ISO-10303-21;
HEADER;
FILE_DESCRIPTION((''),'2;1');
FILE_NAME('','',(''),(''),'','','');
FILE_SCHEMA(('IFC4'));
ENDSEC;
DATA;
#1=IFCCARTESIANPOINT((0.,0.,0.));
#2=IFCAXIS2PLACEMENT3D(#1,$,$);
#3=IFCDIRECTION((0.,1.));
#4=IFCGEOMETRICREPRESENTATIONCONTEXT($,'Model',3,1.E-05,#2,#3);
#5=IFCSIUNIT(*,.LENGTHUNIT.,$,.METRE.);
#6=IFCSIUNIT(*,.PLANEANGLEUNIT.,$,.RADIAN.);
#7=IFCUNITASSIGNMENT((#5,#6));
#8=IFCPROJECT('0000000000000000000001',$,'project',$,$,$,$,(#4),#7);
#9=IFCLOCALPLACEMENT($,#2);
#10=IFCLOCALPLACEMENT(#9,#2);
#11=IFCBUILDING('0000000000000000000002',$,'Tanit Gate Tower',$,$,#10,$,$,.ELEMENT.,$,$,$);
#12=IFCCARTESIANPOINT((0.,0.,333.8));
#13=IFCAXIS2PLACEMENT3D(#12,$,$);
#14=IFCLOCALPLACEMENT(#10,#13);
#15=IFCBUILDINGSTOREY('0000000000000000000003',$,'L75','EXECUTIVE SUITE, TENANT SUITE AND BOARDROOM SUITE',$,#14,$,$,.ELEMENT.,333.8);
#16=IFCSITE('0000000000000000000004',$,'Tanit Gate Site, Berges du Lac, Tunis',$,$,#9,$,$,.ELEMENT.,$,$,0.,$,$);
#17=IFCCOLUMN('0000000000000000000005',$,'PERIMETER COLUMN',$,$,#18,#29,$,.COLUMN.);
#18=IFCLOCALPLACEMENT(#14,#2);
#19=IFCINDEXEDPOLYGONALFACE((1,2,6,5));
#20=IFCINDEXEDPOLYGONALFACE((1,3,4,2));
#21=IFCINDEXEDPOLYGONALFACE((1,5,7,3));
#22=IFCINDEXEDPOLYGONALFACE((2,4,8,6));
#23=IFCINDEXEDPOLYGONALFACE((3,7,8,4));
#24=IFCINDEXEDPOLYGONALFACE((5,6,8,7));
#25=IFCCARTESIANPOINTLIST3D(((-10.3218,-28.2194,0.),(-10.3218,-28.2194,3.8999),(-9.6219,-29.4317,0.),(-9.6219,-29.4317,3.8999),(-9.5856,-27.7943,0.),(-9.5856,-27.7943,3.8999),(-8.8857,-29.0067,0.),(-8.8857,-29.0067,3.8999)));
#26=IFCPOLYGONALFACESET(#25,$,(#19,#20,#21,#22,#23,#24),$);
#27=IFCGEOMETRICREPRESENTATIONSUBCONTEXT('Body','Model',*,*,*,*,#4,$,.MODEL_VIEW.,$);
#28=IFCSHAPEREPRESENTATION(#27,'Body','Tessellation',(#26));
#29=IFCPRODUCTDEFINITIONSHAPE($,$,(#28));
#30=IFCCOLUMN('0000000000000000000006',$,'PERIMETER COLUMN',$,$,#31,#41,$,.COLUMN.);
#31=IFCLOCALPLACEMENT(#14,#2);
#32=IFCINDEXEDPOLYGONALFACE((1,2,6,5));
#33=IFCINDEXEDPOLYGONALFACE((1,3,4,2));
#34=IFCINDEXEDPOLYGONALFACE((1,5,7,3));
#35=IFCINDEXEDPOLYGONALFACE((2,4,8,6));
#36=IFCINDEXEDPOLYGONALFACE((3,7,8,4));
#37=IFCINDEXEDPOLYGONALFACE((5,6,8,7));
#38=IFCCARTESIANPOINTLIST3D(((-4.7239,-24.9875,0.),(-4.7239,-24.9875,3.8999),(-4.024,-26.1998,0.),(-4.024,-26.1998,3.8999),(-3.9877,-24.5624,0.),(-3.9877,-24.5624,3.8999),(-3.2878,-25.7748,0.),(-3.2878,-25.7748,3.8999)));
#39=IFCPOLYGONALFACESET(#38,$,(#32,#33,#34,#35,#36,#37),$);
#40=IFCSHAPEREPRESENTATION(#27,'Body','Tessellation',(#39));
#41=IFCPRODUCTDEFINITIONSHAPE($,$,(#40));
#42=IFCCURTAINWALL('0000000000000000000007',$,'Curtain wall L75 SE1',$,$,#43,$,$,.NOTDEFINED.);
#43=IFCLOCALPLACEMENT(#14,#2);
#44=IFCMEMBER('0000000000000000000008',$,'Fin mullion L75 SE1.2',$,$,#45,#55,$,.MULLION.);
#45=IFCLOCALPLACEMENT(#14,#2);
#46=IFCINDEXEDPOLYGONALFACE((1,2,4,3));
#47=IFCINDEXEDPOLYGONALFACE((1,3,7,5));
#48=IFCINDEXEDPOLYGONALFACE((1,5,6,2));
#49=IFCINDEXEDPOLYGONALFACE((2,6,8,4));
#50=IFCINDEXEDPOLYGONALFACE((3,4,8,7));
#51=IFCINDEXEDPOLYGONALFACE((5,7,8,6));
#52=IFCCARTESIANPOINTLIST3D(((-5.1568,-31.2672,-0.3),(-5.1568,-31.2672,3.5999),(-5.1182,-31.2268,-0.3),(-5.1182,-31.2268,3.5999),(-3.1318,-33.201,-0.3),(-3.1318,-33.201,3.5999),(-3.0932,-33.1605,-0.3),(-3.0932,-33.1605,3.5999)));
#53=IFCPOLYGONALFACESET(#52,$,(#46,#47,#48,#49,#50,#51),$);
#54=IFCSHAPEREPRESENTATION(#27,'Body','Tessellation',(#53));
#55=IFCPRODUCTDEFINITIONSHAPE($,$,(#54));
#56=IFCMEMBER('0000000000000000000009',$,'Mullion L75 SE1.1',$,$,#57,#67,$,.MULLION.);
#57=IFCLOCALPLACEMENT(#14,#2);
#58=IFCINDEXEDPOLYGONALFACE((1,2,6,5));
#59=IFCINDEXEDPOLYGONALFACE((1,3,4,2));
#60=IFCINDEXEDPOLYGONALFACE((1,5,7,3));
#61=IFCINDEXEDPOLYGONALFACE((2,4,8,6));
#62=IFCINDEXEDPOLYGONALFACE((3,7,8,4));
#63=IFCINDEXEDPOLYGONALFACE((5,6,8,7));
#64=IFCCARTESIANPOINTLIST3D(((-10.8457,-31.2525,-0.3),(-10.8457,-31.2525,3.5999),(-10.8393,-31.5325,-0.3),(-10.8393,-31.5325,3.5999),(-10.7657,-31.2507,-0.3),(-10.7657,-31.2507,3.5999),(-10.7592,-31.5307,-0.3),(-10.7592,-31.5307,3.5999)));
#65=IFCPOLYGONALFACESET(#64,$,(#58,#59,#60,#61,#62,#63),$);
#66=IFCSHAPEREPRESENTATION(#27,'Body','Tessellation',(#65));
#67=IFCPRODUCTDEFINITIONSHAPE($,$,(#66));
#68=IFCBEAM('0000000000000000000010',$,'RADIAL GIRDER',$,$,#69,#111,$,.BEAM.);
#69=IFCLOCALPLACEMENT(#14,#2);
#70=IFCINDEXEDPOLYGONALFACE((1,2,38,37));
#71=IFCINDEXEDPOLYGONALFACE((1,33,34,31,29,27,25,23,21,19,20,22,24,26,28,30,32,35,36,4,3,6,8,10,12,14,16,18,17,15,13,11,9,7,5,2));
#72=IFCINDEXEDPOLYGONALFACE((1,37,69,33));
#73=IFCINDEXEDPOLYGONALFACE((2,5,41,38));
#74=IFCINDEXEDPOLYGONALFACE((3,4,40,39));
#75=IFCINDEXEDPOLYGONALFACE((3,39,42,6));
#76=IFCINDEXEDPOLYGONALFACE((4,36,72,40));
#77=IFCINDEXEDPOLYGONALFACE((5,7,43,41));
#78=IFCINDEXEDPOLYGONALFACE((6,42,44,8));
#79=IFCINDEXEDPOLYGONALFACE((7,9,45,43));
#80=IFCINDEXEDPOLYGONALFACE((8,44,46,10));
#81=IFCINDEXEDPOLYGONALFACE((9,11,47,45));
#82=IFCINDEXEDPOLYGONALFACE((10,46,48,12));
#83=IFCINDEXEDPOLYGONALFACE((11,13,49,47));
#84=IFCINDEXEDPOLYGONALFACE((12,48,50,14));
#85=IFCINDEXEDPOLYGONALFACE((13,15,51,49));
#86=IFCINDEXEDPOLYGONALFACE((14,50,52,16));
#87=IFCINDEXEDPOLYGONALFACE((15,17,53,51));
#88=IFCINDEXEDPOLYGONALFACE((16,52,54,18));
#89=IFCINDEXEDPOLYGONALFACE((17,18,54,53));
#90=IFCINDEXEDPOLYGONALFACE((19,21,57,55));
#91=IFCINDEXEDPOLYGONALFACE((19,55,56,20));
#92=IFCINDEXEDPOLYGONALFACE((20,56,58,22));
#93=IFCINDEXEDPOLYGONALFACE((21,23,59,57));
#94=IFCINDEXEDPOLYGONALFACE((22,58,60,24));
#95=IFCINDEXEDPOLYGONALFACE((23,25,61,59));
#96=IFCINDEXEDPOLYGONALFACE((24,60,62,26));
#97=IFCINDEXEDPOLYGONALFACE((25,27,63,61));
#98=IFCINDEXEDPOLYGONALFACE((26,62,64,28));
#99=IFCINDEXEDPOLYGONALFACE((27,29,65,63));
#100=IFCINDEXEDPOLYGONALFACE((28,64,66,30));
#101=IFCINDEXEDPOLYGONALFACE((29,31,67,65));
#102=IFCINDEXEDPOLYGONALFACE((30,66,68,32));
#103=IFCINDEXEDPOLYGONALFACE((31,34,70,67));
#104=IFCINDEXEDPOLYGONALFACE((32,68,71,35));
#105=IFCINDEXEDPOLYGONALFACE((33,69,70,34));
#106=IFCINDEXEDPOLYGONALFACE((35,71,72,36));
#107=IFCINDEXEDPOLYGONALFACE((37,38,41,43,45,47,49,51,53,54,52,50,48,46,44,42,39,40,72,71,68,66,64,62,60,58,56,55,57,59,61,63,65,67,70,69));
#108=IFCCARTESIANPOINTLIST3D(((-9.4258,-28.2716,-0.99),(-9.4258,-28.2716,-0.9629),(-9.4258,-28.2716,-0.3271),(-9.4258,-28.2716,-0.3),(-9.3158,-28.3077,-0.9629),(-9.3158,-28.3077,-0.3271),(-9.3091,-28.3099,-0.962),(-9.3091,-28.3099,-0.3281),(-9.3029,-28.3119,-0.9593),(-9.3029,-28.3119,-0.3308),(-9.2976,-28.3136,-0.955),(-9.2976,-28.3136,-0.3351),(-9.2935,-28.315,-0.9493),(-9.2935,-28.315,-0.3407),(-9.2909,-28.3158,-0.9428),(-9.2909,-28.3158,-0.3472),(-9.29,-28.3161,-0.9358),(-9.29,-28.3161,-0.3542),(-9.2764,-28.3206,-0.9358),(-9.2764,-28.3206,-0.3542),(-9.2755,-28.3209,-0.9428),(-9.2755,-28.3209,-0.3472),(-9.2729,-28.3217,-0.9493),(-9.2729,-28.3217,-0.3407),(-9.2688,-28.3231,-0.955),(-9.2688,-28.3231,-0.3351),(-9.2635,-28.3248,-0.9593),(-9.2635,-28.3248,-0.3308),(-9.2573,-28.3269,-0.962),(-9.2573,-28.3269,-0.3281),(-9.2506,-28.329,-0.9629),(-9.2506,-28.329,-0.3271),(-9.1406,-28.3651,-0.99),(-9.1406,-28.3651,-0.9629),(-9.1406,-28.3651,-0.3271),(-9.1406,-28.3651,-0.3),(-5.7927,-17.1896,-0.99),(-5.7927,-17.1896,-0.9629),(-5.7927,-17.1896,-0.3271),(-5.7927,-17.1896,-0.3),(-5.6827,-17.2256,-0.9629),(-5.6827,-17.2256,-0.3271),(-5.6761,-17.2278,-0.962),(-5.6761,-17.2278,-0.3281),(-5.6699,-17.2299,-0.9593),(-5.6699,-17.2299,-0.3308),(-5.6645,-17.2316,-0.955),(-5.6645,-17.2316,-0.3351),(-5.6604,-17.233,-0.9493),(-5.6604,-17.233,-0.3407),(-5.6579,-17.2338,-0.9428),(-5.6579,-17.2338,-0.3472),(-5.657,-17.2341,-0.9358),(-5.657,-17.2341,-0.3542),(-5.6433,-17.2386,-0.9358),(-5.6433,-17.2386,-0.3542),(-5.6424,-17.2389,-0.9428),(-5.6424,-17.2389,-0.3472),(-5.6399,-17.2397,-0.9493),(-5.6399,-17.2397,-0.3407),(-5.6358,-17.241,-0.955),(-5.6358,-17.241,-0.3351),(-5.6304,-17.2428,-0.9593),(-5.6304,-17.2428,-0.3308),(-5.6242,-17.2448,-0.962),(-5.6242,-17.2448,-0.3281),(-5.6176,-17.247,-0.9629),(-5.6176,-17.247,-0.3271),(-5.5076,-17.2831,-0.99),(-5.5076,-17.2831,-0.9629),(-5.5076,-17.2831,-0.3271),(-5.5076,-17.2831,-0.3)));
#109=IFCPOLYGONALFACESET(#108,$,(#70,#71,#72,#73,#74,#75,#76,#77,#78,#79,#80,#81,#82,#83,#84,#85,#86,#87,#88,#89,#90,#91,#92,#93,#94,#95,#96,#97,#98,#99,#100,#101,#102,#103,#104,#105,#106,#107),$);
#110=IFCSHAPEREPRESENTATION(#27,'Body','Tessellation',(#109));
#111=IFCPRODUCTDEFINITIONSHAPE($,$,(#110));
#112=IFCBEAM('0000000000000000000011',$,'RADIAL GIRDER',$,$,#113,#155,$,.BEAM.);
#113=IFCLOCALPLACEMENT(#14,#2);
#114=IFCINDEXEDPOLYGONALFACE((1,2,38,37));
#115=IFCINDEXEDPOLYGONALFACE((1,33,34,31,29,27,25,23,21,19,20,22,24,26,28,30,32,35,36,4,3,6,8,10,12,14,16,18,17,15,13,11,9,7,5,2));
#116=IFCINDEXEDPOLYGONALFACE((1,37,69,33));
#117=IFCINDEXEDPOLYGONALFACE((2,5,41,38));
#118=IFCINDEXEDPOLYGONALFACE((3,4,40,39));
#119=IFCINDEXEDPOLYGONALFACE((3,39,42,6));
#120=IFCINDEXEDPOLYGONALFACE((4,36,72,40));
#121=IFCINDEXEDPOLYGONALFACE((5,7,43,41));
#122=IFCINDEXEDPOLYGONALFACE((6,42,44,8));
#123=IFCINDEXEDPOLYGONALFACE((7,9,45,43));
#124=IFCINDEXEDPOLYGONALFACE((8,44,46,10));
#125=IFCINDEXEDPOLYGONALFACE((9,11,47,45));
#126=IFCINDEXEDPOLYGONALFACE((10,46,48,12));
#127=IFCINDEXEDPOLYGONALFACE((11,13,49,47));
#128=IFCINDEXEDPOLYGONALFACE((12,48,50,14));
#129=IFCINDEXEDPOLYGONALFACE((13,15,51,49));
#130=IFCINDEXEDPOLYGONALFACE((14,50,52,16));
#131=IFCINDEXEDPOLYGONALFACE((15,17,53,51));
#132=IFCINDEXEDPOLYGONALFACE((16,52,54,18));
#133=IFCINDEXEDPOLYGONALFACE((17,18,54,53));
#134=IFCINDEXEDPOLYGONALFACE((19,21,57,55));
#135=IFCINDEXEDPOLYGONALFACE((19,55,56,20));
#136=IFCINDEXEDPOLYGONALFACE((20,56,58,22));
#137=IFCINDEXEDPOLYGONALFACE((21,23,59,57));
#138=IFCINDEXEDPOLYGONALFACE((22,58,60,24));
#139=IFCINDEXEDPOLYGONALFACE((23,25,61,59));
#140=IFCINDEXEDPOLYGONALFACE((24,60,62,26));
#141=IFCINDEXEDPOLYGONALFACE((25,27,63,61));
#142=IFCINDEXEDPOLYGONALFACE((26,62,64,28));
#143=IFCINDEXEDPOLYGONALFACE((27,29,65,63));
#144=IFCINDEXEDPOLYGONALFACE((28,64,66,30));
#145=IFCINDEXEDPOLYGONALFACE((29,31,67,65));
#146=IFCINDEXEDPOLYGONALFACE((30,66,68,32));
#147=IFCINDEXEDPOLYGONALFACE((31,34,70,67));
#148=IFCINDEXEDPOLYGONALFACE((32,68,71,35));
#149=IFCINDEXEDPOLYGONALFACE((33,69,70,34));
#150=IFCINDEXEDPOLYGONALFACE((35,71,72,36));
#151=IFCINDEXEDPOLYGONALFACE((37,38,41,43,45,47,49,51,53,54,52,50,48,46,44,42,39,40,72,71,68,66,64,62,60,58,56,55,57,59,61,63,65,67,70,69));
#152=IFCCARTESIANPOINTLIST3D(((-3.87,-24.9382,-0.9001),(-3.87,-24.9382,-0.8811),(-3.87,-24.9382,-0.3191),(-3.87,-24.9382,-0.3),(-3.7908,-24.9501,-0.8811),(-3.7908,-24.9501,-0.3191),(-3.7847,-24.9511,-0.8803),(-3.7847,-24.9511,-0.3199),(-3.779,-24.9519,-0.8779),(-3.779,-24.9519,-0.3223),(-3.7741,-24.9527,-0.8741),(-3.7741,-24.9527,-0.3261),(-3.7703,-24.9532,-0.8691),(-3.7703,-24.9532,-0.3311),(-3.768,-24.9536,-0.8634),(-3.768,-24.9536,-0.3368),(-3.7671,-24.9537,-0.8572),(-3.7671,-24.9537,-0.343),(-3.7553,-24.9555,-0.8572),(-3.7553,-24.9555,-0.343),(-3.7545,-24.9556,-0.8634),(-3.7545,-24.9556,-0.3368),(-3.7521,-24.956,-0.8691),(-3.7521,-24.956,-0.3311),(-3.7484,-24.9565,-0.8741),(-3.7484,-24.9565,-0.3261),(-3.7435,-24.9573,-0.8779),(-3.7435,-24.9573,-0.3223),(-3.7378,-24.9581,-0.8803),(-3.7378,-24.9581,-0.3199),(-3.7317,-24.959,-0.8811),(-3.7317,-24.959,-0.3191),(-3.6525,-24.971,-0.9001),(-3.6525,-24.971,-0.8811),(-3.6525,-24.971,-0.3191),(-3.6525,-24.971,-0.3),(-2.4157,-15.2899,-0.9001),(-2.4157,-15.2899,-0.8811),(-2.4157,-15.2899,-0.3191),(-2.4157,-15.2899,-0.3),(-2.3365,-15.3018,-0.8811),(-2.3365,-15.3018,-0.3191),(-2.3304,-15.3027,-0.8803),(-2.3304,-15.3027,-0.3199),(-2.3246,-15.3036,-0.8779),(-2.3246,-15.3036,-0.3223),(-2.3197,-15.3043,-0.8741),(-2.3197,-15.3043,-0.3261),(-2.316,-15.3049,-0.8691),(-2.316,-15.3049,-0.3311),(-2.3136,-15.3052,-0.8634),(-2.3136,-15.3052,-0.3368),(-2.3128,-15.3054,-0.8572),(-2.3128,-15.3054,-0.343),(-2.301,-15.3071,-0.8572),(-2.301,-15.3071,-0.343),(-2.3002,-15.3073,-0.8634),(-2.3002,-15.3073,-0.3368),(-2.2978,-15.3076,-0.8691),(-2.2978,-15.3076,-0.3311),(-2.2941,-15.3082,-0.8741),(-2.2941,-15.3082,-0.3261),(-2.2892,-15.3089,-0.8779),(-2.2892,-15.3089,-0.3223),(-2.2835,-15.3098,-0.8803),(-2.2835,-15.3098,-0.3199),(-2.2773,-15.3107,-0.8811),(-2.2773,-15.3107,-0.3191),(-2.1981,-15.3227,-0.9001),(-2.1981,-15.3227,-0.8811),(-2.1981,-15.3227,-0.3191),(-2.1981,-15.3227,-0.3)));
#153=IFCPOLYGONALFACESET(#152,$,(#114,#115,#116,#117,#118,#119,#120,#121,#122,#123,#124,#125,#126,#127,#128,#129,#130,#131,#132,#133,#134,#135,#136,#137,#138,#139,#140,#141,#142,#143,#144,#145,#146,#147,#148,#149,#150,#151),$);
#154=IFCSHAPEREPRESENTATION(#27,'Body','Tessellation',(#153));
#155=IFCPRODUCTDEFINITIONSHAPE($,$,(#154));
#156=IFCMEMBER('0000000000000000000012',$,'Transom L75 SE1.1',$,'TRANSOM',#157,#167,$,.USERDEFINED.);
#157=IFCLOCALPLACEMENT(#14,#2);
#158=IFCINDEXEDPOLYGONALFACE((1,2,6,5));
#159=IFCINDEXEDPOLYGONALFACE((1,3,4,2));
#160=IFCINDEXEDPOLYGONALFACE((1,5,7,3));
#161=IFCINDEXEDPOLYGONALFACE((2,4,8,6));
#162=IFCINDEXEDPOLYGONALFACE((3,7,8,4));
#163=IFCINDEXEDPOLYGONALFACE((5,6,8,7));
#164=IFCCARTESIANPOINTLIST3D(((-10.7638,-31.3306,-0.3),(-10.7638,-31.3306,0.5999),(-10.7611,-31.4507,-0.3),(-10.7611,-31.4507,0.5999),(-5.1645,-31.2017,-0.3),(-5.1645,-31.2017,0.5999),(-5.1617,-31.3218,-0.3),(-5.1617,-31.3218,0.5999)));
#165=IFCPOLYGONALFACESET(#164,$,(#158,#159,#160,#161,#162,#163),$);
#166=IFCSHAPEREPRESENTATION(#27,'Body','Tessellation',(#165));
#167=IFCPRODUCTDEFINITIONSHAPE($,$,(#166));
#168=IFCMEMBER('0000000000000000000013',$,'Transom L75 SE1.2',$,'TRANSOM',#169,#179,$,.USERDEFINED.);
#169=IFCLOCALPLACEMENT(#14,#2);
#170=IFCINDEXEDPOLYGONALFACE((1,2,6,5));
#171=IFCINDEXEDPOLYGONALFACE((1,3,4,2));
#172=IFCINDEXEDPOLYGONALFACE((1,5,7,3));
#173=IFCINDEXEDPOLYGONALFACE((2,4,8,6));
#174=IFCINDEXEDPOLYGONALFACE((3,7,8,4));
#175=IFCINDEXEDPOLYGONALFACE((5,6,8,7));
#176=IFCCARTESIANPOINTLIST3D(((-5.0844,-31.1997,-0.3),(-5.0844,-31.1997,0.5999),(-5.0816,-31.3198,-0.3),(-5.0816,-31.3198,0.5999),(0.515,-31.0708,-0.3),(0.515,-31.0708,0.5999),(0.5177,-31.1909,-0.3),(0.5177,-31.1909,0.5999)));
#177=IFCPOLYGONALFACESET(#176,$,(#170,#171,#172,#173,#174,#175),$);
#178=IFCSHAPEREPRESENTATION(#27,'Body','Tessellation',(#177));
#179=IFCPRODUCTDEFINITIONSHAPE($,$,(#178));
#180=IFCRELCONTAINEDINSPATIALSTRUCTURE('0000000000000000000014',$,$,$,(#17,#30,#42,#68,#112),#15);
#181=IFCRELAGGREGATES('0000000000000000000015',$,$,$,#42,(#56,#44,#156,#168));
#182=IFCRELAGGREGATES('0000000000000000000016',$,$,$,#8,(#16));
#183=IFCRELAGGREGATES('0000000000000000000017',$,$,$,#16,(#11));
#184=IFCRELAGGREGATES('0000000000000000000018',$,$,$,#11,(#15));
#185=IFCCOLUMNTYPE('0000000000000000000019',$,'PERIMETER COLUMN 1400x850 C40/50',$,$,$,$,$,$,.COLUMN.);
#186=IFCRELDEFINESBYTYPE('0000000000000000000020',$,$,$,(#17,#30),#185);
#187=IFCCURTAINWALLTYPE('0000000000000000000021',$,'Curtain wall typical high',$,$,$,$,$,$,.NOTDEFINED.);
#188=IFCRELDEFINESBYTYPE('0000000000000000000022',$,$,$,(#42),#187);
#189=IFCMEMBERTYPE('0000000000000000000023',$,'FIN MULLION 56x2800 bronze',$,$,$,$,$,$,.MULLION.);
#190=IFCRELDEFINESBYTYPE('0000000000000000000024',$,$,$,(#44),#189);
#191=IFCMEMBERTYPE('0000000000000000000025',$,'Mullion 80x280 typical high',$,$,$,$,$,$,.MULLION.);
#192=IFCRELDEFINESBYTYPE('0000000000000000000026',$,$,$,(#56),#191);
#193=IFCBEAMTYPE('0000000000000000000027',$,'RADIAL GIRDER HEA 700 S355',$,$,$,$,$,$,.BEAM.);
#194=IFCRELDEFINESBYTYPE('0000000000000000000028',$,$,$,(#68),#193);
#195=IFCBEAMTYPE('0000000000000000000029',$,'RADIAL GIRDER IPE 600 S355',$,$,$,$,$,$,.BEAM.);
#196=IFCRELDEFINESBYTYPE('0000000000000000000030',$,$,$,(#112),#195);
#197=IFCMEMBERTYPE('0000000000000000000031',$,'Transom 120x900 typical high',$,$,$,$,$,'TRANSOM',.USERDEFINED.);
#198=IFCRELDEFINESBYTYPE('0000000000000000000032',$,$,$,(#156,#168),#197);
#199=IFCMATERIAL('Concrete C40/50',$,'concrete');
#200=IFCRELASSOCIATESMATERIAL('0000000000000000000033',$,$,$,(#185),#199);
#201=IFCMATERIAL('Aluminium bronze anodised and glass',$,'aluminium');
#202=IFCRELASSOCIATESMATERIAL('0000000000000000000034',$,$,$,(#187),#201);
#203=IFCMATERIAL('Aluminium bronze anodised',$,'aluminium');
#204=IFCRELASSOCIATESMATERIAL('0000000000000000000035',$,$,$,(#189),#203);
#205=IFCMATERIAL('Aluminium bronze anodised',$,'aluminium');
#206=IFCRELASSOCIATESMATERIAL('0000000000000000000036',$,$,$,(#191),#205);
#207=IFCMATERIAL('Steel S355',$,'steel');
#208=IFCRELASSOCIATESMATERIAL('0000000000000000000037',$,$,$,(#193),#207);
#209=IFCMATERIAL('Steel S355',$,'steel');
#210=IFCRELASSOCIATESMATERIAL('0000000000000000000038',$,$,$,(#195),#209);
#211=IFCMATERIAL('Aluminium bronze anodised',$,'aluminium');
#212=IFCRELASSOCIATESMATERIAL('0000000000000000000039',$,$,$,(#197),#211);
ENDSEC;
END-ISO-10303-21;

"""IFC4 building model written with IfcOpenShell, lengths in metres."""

from ifc_helpers import new_model, si_unit, direction, frame, origin, origin_2d, place, context, subcontext, project, spatial, rectangle, i_section, extrude, material, material_profile, profile_set, type_object, element, aggregate, save


model = new_model("IFC4")

# Units and contexts
model_context = context("Model", 3, precision=1e-05, world=origin(), true_north=direction((0.0, 1.0)))
body_context = subcontext(model_context, "Body", "Model", "MODEL_VIEW")
ifc_project = project(units=[si_unit("LENGTHUNIT", "METRE"), si_unit("PLANEANGLEUNIT", "RADIAN")], contexts=[model_context])

# Site, building, storey
site_placement = place(None, origin())
site = spatial("IfcSite", under=ifc_project, at=site_placement, Name="Tanit Gate Site, Berges du Lac, Tunis", CompositionType="ELEMENT", RefElevation=0.0)
building_placement = place(site_placement, origin())
building = spatial("IfcBuilding", under=site, at=building_placement, Name="Tanit Gate Tower", CompositionType="ELEMENT")
storey_placement = place(building_placement, frame((0.0, 0.0, 333.8)))
storey = spatial("IfcBuildingStorey", under=building, at=storey_placement, Name="L75", Description="EXECUTIVE SUITE, TENANT SUITE AND BOARDROOM SUITE", CompositionType="ELEMENT", Elevation=333.8)

# Columns
ifc_material_1 = material(Name="Concrete C40/50", Category="concrete")
ifc_material_profile_1 = material_profile(ifc_material_1, rectangle(XDim=1.3999, YDim=0.8501, at=origin_2d()), Name="RC 1400x850")
ifc_profile_set_1 = profile_set([ifc_material_profile_1], Name="Concrete C40/50")
column_type = type_object("IfcColumnType", Name="PERIMETER COLUMN 1400x850 C40/50", PredefinedType="COLUMN", material=ifc_profile_set_1)
for number, where, z_axis, x_axis, name in (
    (1, (-9.6038, -28.613, 0.0), (0.0, 0.0, 1.0), (0.5, -0.866025, 0.0), "PERIMETER COLUMN"),
    (2, (-4.0059, -25.3811, 0.0), (0.0, 0.0, 1.0), (0.5, -0.866025, 0.0), "PERIMETER COLUMN"),
):
    element("IfcColumn", number, at=place(storey_placement, frame(where, z_axis=z_axis, x_axis=x_axis)), inside=storey, type_object=column_type, Name=name, PredefinedType="COLUMN", context=body_context, shape_type="SweptSolid", body=[
        extrude(rectangle(XDim=1.3999, YDim=0.8501, at=origin_2d()), origin(), (0.0, 0.0, 1.0), 3.8999),
    ])

# Curtain wall, members
ifc_material_2 = material(Name="Aluminium bronze anodised and glass", Category="aluminium")
curtain_wall_type = type_object("IfcCurtainWallType", Name="Curtain wall typical high", PredefinedType="NOTDEFINED", material=ifc_material_2)
curtain_wall_placement = place(storey_placement, origin())
curtain_wall = element("IfcCurtainWall", 3, at=curtain_wall_placement, inside=storey, type_object=curtain_wall_type, Name="Curtain wall L75 SE1", PredefinedType="NOTDEFINED")
ifc_material_3 = material(Name="Aluminium bronze anodised", Category="aluminium")
ifc_material_profile_2 = material_profile(ifc_material_3, rectangle(XDim=2.8, YDim=0.0559, at=origin_2d()), Name="56x2800 bronze fin mullion")
ifc_profile_set_2 = profile_set([ifc_material_profile_2], Name="Aluminium bronze anodised")
member_type_1 = type_object("IfcMemberType", Name="FIN MULLION 56x2800 bronze", PredefinedType="MULLION", material=ifc_profile_set_2)
member_1_placement = place(storey_placement, frame((-4.125, -32.2139, -0.3), z_axis=(0.0, 0.0, 1.0), x_axis=(-0.723211, 0.690627, 0.0)))
member_1 = element("IfcMember", 4, at=member_1_placement, type_object=member_type_1, Name="Fin mullion L75 SE1.2", PredefinedType="MULLION", context=body_context, shape_type="SweptSolid", body=[
    extrude(rectangle(XDim=2.8, YDim=0.0559, at=origin_2d()), origin(), (0.0, 0.0, 1.0), 3.8999),
])
ifc_material_4 = material(Name="Aluminium bronze anodised", Category="aluminium")
ifc_material_profile_3 = material_profile(ifc_material_4, rectangle(XDim=0.28, YDim=0.0801, at=origin_2d()), Name="80x280 bronze mullion")
ifc_profile_set_3 = profile_set([ifc_material_profile_3], Name="Aluminium bronze anodised")
member_type_2 = type_object("IfcMemberType", Name="Mullion 80x280 typical high", PredefinedType="MULLION", material=ifc_profile_set_3)
member_2_placement = place(storey_placement, frame((-10.8025, -31.3916, -0.3), z_axis=(0.0, 0.0, 1.0), x_axis=(-0.02304, 0.999735, 0.0)))
member_2 = element("IfcMember", 5, at=member_2_placement, type_object=member_type_2, Name="Mullion L75 SE1.1", PredefinedType="MULLION", context=body_context, shape_type="SweptSolid", body=[
    extrude(rectangle(XDim=0.28, YDim=0.0801, at=origin_2d()), origin(), (0.0, 0.0, 1.0), 3.8999),
])

# Beams
ifc_material_5 = material(Name="Steel S355", Category="steel")
ifc_material_profile_4 = material_profile(ifc_material_5, i_section(OverallWidth=0.3, OverallDepth=0.6899, WebThickness=0.0144, FlangeThickness=0.0271, FilletRadius=0.0271, at=origin_2d()), Name="HEA 700")
ifc_profile_set_4 = profile_set([ifc_material_profile_4], Name="Steel S355")
beam_type_1 = type_object("IfcBeamType", Name="RADIAL GIRDER HEA 700 S355", PredefinedType="BEAM", material=ifc_profile_set_4)
beam_1_placement = place(storey_placement, frame((-9.2832, -28.3184, -0.645), z_axis=(0.31152, 0.95024, 0.0), x_axis=(-0.95024, 0.31152, 0.0)))
element("IfcBeam", 6, at=beam_1_placement, inside=storey, type_object=beam_type_1, Name="RADIAL GIRDER", PredefinedType="BEAM", context=body_context, shape_type="SweptSolid", body=[
    extrude(i_section(OverallWidth=0.3, OverallDepth=0.6899, WebThickness=0.0144, FlangeThickness=0.0271, FilletRadius=0.0271, at=origin_2d()), origin(), (0.0, 0.0, 1.0), 11.6624),
])
ifc_material_6 = material(Name="Steel S355", Category="steel")
ifc_material_profile_5 = material_profile(ifc_material_6, i_section(OverallWidth=0.22, OverallDepth=0.6001, WebThickness=0.012, FlangeThickness=0.019, FilletRadius=0.0239, at=origin_2d()), Name="IPE 600")
ifc_profile_set_5 = profile_set([ifc_material_profile_5], Name="Steel S355")
beam_type_2 = type_object("IfcBeamType", Name="RADIAL GIRDER IPE 600 S355", PredefinedType="BEAM", material=ifc_profile_set_5)
beam_2_placement = place(storey_placement, frame((-3.7612, -24.9546, -0.6001), z_axis=(0.14905, 0.98883, 0.0), x_axis=(-0.98883, 0.14905, 0.0)))
element("IfcBeam", 7, at=beam_2_placement, inside=storey, type_object=beam_type_2, Name="RADIAL GIRDER", PredefinedType="BEAM", context=body_context, shape_type="SweptSolid", body=[
    extrude(i_section(OverallWidth=0.22, OverallDepth=0.6001, WebThickness=0.012, FlangeThickness=0.019, FilletRadius=0.0239, at=origin_2d()), origin(), (0.0, 0.0, 1.0), 9.7573),
])

# Members
ifc_material_7 = material(Name="Aluminium bronze anodised", Category="aluminium")
ifc_material_profile_6 = material_profile(ifc_material_7, rectangle(XDim=0.1201, YDim=0.8999, at=origin_2d()), Name="120x900 bronze transom")
ifc_profile_set_6 = profile_set([ifc_material_profile_6], Name="Aluminium bronze anodised")
member_type_3 = type_object("IfcMemberType", Name="Transom 120x900 typical high", ElementType="TRANSOM", PredefinedType="USERDEFINED", material=ifc_profile_set_6)
member_3_placement = place(storey_placement, frame((-10.7625, -31.3906, 0.1499), z_axis=(0.999735, 0.023015, 0.0), x_axis=(-0.023015, 0.999735, 0.0)))
member_3 = element("IfcMember", 8, at=member_3_placement, type_object=member_type_3, Name="Transom L75 SE1.1", ObjectType="TRANSOM", PredefinedType="USERDEFINED", context=body_context, shape_type="SweptSolid", body=[
    extrude(rectangle(XDim=0.1201, YDim=0.8999, at=origin_2d()), origin(), (0.0, 0.0, 1.0), 5.6008),
])
member_4_placement = place(storey_placement, frame((-5.083, -31.2598, 0.1499), z_axis=(0.999735, 0.023015, 0.0), x_axis=(-0.023015, 0.999735, 0.0)))
member_4 = element("IfcMember", 9, at=member_4_placement, type_object=member_type_3, Name="Transom L75 SE1.2", ObjectType="TRANSOM", PredefinedType="USERDEFINED", context=body_context, shape_type="SweptSolid", body=[
    extrude(rectangle(XDim=0.1201, YDim=0.8999, at=origin_2d()), origin(), (0.0, 0.0, 1.0), 5.6008),
])

aggregate(curtain_wall, [member_2, member_1, member_3, member_4])

save(model, "model.ifc")
